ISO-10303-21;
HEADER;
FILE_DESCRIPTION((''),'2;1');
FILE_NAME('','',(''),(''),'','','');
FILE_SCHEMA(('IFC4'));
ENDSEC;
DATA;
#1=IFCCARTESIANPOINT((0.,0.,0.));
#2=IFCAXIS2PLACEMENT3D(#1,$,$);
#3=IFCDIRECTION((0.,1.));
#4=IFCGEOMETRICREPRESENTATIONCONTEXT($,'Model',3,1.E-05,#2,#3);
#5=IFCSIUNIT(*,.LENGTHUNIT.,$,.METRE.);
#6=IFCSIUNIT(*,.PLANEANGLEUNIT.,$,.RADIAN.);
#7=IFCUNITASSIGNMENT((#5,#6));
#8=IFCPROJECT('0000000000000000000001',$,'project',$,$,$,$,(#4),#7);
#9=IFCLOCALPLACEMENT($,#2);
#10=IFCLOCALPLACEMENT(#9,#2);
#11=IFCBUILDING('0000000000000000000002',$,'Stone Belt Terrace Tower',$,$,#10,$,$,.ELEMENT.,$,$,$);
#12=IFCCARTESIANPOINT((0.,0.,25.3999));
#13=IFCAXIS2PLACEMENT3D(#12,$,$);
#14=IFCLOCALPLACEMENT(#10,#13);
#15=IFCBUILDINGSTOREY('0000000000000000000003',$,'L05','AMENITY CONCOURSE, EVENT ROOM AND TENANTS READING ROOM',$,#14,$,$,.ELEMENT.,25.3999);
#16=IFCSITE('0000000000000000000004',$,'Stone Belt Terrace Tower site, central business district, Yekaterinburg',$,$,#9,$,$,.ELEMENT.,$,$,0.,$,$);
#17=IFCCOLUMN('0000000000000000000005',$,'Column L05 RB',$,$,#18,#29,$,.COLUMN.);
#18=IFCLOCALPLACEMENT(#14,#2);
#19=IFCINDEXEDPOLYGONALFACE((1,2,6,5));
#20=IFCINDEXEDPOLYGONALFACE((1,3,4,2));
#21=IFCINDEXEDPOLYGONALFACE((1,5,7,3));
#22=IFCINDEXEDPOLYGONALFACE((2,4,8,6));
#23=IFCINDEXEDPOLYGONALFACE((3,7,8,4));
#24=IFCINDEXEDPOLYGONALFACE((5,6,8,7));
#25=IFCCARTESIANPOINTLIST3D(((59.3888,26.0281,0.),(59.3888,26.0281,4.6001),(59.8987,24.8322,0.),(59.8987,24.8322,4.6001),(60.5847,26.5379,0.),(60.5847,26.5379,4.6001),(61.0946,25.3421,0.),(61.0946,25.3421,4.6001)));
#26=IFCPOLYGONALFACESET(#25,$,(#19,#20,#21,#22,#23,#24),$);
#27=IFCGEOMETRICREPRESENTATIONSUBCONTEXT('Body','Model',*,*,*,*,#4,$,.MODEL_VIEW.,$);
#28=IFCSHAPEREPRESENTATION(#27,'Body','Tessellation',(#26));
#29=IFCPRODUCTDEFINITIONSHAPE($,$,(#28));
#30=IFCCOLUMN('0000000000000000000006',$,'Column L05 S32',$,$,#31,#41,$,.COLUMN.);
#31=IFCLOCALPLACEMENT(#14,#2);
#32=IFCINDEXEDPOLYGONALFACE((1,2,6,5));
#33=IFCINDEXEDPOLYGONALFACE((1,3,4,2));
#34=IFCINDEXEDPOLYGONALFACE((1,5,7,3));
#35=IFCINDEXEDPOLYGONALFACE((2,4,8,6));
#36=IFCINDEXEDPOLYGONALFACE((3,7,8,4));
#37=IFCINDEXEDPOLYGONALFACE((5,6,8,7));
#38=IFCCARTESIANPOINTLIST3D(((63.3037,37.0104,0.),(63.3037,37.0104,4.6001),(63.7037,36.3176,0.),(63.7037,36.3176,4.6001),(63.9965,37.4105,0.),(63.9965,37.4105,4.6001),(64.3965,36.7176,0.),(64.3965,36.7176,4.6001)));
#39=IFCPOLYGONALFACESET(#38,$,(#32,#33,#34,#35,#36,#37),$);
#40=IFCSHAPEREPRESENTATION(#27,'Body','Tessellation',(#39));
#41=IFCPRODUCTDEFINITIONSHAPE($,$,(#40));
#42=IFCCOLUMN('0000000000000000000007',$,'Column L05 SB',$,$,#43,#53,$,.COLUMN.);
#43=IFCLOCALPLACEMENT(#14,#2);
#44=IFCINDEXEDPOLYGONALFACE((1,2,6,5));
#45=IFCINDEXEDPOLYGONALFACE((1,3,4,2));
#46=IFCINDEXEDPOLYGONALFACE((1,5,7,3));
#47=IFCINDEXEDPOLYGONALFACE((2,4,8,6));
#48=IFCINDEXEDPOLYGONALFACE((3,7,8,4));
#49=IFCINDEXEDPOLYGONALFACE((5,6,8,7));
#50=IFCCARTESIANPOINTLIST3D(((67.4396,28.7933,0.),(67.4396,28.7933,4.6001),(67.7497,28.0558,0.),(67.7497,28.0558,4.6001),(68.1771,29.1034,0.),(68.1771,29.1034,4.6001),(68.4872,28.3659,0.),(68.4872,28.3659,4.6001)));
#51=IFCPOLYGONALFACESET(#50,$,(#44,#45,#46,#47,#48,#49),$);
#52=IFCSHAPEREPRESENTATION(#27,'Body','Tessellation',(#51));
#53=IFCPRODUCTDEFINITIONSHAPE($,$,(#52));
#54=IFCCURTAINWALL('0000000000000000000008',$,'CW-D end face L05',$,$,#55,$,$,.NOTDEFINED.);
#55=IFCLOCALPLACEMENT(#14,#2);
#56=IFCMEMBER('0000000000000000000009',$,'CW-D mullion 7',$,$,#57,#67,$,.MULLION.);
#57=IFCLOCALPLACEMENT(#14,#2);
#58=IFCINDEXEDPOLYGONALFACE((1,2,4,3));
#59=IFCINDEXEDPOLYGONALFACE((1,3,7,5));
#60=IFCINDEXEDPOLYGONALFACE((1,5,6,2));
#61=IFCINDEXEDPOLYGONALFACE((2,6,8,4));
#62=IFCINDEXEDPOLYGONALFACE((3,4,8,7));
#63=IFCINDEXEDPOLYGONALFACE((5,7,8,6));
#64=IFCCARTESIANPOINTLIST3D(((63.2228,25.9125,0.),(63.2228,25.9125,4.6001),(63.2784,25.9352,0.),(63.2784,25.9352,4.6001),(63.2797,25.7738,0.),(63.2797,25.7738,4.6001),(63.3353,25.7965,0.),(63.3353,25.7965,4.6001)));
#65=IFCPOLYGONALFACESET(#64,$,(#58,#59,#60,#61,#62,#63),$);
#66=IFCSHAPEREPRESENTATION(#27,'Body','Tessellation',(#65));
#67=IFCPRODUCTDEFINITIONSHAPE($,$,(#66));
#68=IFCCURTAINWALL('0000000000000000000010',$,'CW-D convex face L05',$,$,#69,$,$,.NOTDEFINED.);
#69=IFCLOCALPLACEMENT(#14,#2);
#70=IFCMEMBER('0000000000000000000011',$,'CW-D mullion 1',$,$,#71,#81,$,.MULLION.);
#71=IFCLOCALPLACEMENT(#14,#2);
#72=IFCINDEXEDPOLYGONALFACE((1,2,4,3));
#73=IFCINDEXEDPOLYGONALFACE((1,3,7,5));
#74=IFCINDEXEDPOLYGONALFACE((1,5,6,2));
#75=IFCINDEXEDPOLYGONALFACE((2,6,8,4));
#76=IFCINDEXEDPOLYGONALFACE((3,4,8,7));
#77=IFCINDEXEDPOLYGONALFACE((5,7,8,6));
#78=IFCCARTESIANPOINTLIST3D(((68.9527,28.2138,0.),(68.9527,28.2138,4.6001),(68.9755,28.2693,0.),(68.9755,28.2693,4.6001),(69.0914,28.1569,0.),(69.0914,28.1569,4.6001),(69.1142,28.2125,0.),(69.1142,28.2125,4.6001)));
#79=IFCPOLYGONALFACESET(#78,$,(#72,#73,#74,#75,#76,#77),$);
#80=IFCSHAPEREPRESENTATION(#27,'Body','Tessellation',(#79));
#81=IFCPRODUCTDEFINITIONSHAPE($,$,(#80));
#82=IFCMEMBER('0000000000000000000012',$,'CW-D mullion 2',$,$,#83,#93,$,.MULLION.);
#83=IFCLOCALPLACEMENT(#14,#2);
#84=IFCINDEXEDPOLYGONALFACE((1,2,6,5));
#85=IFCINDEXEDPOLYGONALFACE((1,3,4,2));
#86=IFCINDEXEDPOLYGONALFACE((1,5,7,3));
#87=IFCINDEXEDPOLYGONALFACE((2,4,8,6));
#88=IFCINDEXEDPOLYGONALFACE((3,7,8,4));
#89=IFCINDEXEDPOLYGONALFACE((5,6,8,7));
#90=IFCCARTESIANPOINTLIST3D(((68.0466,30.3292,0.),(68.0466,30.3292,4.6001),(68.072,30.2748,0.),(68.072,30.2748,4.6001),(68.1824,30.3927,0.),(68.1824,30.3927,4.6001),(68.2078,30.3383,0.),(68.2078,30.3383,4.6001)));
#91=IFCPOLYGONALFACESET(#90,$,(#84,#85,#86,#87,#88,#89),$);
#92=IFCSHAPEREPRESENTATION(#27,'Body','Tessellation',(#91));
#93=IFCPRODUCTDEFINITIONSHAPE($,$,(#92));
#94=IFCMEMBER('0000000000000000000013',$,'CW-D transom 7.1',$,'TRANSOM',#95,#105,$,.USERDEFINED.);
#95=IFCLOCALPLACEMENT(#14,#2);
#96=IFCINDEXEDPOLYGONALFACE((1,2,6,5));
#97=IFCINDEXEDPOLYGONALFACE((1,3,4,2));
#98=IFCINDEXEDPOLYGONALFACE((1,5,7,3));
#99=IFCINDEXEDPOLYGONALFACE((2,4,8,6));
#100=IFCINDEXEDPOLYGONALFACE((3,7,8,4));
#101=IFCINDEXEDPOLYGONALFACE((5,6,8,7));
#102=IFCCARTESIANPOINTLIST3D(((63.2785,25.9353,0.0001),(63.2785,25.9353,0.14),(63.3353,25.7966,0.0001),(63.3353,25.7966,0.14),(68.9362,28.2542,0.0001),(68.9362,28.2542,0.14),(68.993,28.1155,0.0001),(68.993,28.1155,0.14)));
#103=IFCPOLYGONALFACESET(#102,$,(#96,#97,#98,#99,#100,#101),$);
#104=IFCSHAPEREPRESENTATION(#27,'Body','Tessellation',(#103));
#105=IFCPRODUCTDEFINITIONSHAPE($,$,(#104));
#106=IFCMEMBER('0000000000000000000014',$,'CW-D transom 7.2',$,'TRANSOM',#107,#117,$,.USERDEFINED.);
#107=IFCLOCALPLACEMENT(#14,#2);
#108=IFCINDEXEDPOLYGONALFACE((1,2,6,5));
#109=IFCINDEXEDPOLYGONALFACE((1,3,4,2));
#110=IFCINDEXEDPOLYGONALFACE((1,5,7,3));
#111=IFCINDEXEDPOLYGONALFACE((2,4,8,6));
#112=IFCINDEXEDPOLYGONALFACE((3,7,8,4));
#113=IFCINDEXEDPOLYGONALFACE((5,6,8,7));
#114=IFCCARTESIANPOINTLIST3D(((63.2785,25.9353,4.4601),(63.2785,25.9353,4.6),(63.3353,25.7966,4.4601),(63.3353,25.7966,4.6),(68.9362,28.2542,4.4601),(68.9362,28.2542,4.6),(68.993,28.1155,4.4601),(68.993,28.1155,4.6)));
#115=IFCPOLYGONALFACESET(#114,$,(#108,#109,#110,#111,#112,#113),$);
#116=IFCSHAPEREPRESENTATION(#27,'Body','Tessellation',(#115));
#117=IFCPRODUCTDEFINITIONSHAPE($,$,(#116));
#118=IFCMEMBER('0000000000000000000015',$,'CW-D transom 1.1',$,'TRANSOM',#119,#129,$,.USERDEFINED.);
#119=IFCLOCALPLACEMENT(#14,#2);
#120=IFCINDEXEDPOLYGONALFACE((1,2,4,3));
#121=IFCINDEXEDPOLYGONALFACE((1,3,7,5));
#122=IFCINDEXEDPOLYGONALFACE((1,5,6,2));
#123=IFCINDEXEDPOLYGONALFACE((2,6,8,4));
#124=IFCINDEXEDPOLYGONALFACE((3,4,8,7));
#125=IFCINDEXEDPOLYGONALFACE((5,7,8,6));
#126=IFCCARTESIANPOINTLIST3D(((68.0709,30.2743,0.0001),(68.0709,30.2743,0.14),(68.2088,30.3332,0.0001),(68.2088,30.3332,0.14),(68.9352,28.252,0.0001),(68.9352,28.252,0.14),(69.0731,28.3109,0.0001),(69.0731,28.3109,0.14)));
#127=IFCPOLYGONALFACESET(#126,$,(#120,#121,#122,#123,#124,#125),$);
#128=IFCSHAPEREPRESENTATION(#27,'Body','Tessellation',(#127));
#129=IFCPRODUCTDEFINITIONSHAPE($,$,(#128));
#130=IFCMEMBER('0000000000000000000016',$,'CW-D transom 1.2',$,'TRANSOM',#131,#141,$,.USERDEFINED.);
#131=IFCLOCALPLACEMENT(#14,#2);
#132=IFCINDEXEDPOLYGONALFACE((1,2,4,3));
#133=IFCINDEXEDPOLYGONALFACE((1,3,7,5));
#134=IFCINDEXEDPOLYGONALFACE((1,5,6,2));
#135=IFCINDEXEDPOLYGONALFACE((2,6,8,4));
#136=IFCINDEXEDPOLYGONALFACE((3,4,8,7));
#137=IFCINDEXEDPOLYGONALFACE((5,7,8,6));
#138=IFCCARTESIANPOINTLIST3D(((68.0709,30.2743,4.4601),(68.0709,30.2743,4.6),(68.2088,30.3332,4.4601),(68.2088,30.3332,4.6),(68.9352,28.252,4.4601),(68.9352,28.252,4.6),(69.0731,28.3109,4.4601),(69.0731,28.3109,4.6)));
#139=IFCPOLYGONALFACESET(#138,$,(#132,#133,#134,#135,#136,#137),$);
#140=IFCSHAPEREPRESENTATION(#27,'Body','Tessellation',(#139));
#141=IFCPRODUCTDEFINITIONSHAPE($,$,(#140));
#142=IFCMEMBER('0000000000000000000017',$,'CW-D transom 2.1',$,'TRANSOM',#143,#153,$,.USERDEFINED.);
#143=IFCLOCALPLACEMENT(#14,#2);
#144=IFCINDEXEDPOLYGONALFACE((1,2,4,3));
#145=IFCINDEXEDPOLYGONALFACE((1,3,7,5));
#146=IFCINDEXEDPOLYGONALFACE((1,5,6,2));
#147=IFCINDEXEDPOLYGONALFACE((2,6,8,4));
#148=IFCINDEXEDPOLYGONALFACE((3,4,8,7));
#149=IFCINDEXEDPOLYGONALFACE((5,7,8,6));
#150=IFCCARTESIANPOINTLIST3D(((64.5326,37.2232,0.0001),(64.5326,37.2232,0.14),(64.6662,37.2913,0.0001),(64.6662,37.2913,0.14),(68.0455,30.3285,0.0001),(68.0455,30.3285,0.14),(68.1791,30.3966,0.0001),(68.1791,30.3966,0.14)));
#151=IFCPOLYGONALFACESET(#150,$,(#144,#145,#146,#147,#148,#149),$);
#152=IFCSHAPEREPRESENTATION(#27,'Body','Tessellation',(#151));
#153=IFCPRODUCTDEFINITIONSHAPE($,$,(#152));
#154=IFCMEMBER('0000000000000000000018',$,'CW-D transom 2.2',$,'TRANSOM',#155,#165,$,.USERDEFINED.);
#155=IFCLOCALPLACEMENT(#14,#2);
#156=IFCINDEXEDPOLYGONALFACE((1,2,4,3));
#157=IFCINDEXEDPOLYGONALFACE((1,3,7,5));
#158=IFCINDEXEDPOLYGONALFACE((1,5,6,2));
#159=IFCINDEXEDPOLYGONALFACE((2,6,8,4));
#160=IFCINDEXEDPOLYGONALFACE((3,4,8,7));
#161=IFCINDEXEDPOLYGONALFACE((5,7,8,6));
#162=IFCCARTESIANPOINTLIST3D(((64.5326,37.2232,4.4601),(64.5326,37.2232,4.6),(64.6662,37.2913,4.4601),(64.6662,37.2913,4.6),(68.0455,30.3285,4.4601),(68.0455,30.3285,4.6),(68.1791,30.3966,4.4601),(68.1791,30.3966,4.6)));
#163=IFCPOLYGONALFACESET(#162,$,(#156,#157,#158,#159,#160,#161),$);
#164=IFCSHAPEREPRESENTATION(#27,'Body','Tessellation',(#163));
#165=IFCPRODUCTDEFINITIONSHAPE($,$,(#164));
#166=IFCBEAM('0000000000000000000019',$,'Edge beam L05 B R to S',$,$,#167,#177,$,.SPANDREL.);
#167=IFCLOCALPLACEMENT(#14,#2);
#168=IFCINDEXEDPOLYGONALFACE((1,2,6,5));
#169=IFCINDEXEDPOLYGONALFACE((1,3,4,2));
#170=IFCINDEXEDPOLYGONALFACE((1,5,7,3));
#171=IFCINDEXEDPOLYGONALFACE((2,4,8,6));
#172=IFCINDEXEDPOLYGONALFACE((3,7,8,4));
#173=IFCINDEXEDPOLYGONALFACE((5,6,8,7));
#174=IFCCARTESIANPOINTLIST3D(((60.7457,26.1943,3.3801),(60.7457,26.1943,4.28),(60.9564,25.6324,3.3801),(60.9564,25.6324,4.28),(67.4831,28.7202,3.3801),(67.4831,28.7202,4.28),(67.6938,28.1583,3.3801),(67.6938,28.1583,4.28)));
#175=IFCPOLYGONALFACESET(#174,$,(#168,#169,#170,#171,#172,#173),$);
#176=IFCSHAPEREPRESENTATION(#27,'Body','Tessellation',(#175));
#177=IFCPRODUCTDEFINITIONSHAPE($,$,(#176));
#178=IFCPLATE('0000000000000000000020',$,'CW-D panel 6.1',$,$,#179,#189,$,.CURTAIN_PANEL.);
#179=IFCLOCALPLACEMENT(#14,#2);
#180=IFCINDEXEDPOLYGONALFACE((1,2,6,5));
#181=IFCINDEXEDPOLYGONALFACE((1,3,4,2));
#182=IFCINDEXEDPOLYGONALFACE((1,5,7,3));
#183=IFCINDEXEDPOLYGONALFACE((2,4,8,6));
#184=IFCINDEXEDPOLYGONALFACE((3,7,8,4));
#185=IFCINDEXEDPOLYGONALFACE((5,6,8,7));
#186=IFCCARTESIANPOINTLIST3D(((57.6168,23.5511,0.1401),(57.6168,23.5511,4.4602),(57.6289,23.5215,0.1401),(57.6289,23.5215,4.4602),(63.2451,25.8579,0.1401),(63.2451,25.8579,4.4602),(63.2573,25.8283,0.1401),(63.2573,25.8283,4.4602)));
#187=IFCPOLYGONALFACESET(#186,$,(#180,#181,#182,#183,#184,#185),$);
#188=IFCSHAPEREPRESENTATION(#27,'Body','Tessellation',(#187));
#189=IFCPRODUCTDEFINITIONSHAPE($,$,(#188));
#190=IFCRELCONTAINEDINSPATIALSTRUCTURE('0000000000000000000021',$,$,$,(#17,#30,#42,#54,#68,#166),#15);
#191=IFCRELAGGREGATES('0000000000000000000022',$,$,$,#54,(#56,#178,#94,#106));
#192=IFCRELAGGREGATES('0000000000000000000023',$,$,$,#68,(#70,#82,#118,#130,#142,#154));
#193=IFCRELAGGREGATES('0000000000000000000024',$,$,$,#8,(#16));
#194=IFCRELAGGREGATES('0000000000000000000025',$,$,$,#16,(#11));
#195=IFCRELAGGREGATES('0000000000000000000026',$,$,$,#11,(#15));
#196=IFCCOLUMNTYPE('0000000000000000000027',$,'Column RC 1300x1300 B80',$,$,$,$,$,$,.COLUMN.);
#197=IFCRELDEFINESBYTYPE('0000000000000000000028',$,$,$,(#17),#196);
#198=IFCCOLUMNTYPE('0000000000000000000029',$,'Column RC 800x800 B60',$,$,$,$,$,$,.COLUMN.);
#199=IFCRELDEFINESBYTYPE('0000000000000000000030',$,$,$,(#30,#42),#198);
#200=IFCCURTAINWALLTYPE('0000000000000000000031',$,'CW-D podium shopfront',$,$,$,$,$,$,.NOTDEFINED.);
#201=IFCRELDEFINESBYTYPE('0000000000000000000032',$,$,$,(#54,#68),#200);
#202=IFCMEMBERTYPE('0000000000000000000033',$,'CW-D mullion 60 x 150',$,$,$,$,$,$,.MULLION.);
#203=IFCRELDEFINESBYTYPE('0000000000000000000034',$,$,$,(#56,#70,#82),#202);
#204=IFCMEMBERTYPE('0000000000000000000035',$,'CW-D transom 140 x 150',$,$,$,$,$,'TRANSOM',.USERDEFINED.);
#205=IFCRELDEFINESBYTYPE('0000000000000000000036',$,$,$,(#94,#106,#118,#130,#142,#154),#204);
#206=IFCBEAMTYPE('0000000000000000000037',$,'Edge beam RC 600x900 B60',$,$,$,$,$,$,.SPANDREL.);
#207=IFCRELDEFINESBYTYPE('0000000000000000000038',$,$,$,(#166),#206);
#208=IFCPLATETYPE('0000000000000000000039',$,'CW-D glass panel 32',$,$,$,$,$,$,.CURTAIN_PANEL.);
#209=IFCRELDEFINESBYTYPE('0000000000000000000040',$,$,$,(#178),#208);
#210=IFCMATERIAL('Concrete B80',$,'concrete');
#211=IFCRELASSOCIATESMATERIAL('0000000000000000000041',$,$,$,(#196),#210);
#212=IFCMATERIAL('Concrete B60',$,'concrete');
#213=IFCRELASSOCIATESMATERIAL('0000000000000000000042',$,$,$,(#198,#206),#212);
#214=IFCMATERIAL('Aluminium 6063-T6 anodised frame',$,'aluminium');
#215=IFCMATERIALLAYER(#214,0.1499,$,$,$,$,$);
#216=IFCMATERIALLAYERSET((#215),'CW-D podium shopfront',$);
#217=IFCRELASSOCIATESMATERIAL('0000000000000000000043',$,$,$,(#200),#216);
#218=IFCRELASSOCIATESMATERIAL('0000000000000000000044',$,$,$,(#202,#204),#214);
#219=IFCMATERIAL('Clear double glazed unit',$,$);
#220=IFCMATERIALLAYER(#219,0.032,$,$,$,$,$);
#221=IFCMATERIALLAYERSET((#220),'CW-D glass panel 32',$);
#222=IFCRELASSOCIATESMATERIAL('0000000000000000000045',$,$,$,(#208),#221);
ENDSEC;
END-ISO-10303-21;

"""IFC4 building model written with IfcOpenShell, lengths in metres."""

from ifc_helpers import new_model, si_unit, direction, frame, origin, origin_2d, place, context, subcontext, project, spatial, rectangle, extrude, material, layer, layer_set, material_profile, profile_set, type_object, element, aggregate, save


model = new_model("IFC4")

# Units and contexts
model_context = context("Model", 3, precision=1e-05, world=origin(), true_north=direction((0.0, 1.0)))
body_context = subcontext(model_context, "Body", "Model", "MODEL_VIEW")
ifc_project = project(units=[si_unit("LENGTHUNIT", "METRE"), si_unit("PLANEANGLEUNIT", "RADIAN")], contexts=[model_context])

# Site, building, storey
site_placement = place(None, origin())
site = spatial("IfcSite", under=ifc_project, at=site_placement, Name="Stone Belt Terrace Tower site, central business district, Yekaterinburg", CompositionType="ELEMENT", RefElevation=0.0)
building_placement = place(site_placement, origin())
building = spatial("IfcBuilding", under=site, at=building_placement, Name="Stone Belt Terrace Tower", CompositionType="ELEMENT")
storey_placement = place(building_placement, frame((0.0, 0.0, 25.3999)))
storey = spatial("IfcBuildingStorey", under=building, at=storey_placement, Name="L05", Description="AMENITY CONCOURSE, EVENT ROOM AND TENANTS READING ROOM", CompositionType="ELEMENT", Elevation=25.3999)

# Columns
ifc_material_1 = material(Name="Concrete B80", Category="concrete")
ifc_material_profile_1 = material_profile(ifc_material_1, rectangle(XDim=1.3, YDim=1.3, at=origin_2d()), Name="RC 1300x1300")
ifc_profile_set_1 = profile_set([ifc_material_profile_1], Name="Concrete B80")
column_type_1 = type_object("IfcColumnType", Name="Column RC 1300x1300 B80", PredefinedType="COLUMN", material=ifc_profile_set_1)
column_placement = place(storey_placement, frame((60.2417, 25.6851, 0.0), z_axis=(0.0, 0.0, 1.0), x_axis=(0.392204, -0.919878, 0.0)))
element("IfcColumn", 1, at=column_placement, inside=storey, type_object=column_type_1, Name="Column L05 RB", PredefinedType="COLUMN", context=body_context, shape_type="SweptSolid", body=[
    extrude(rectangle(XDim=1.3, YDim=1.3, at=origin_2d()), origin(), (0.0, 0.0, 1.0), 4.6001),
])
ifc_material_2 = material(Name="Concrete B60", Category="concrete")
ifc_material_profile_2 = material_profile(ifc_material_2, rectangle(XDim=0.8, YDim=0.8, at=origin_2d()), Name="RC 800x800")
ifc_profile_set_2 = profile_set([ifc_material_profile_2], Name="Concrete B60")
column_type_2 = type_object("IfcColumnType", Name="Column RC 800x800 B60", PredefinedType="COLUMN", material=ifc_profile_set_2)
for number, where, z_axis, x_axis, name in (
    (2, (63.8501, 36.864, 0.0), (0.0, 0.0, 1.0), (0.5, -0.866025, 0.0), "Column L05 S32"),
    (3, (67.9634, 28.5796, 0.0), (0.0, 0.0, 1.0), (0.387636, -0.921812, 0.0), "Column L05 SB"),
):
    element("IfcColumn", number, at=place(storey_placement, frame(where, z_axis=z_axis, x_axis=x_axis)), inside=storey, type_object=column_type_2, Name=name, PredefinedType="COLUMN", context=body_context, shape_type="SweptSolid", body=[
        extrude(rectangle(XDim=0.8, YDim=0.8, at=origin_2d()), origin(), (0.0, 0.0, 1.0), 4.6001),
    ])

# Curtain wall, member
ifc_material_3 = material(Name="Aluminium 6063-T6 anodised frame", Category="aluminium")
ifc_layer_1 = layer(ifc_material_3, 0.1499)
ifc_layer_set_1 = layer_set([ifc_layer_1], Name="CW-D podium shopfront")
curtain_wall_type = type_object("IfcCurtainWallType", Name="CW-D podium shopfront", PredefinedType="NOTDEFINED", material=ifc_layer_set_1)
curtain_wall_1_placement = place(storey_placement, origin())
curtain_wall_1 = element("IfcCurtainWall", 4, at=curtain_wall_1_placement, inside=storey, type_object=curtain_wall_type, Name="CW-D end face L05", PredefinedType="NOTDEFINED")
ifc_material_profile_3 = material_profile(ifc_material_3, rectangle(XDim=0.1499, YDim=0.0601, at=origin_2d()), Name="Aluminium 6063-T6 60x150")
ifc_profile_set_3 = profile_set([ifc_material_profile_3], Name="Aluminium 6063-T6 anodised frame")
member_type_1 = type_object("IfcMemberType", Name="CW-D mullion 60 x 150", PredefinedType="MULLION", material=ifc_profile_set_3)
member_1_placement = place(storey_placement, frame((63.2791, 25.8545, 0.0), z_axis=(0.0, 0.0, 1.0), x_axis=(-0.379243, 0.925297, 0.0)))
member_1 = element("IfcMember", 5, at=member_1_placement, type_object=member_type_1, Name="CW-D mullion 7", PredefinedType="MULLION", context=body_context, shape_type="SweptSolid", body=[
    extrude(rectangle(XDim=0.1499, YDim=0.0601, at=origin_2d()), origin(), (0.0, 0.0, 1.0), 4.6001),
])

# Curtain wall, members
curtain_wall_2_placement = place(storey_placement, origin())
curtain_wall_2 = element("IfcCurtainWall", 6, at=curtain_wall_2_placement, inside=storey, type_object=curtain_wall_type, Name="CW-D convex face L05", PredefinedType="NOTDEFINED")
member_2_placement = place(storey_placement, frame((69.0334, 28.2131, 0.0), z_axis=(0.0, 0.0, 1.0), x_axis=(-0.92531, 0.379212, 0.0)))
member_2 = element("IfcMember", 7, at=member_2_placement, type_object=member_type_1, Name="CW-D mullion 1", PredefinedType="MULLION", context=body_context, shape_type="SweptSolid", body=[
    extrude(rectangle(XDim=0.1499, YDim=0.0601, at=origin_2d()), origin(), (0.0, 0.0, 1.0), 4.6001),
])
member_3_placement = place(storey_placement, frame((68.1272, 30.3337, 0.0), z_axis=(0.0, 0.0, 1.0), x_axis=(-0.905778, -0.423752, 0.0)))
member_3 = element("IfcMember", 8, at=member_3_placement, type_object=member_type_1, Name="CW-D mullion 2", PredefinedType="MULLION", context=body_context, shape_type="SweptSolid", body=[
    extrude(rectangle(XDim=0.1499, YDim=0.0601, at=origin_2d()), origin(), (0.0, 0.0, 1.0), 4.6001),
])

# Members
ifc_material_profile_4 = material_profile(ifc_material_3, rectangle(XDim=0.1499, YDim=0.1399, at=origin_2d()), Name="Aluminium 6063-T6 150x140")
ifc_profile_set_4 = profile_set([ifc_material_profile_4], Name="Aluminium 6063-T6 anodised frame")
member_type_2 = type_object("IfcMemberType", Name="CW-D transom 140 x 150", ElementType="TRANSOM", PredefinedType="USERDEFINED", material=ifc_profile_set_4)
member_4_placement = place(storey_placement, frame((63.3069, 25.866, 0.0701), z_axis=(0.925299, 0.379239, 0.0), x_axis=(-0.379239, 0.925299, 0.0)))
member_4 = element("IfcMember", 9, at=member_4_placement, type_object=member_type_2, Name="CW-D transom 7.1", ObjectType="TRANSOM", PredefinedType="USERDEFINED", context=body_context, shape_type="SweptSolid", body=[
    extrude(rectangle(XDim=0.1499, YDim=0.1399, at=origin_2d()), origin(), (0.0, 0.0, 1.0), 6.1145),
])
member_5_placement = place(storey_placement, frame((63.3069, 25.866, 4.53), z_axis=(0.925299, 0.379239, 0.0), x_axis=(-0.379239, 0.925299, 0.0)))
member_5 = element("IfcMember", 10, at=member_5_placement, type_object=member_type_2, Name="CW-D transom 7.2", ObjectType="TRANSOM", PredefinedType="USERDEFINED", context=body_context, shape_type="SweptSolid", body=[
    extrude(rectangle(XDim=0.1499, YDim=0.1399, at=origin_2d()), origin(), (0.0, 0.0, 1.0), 6.1145),
])
member_6_placement = place(storey_placement, frame((69.0042, 28.2815, 0.0701), z_axis=(-0.392995, 0.919541, 0.0), x_axis=(-0.919541, -0.392995, 0.0)))
member_6 = element("IfcMember", 11, at=member_6_placement, type_object=member_type_2, Name="CW-D transom 1.1", ObjectType="TRANSOM", PredefinedType="USERDEFINED", context=body_context, shape_type="SweptSolid", body=[
    extrude(rectangle(XDim=0.1499, YDim=0.1399, at=origin_2d()), origin(), (0.0, 0.0, 1.0), 2.1992),
])
member_7_placement = place(storey_placement, frame((69.0042, 28.2815, 4.53), z_axis=(-0.392995, 0.919541, 0.0), x_axis=(-0.919541, -0.392995, 0.0)))
member_7 = element("IfcMember", 12, at=member_7_placement, type_object=member_type_2, Name="CW-D transom 1.2", ObjectType="TRANSOM", PredefinedType="USERDEFINED", context=body_context, shape_type="SweptSolid", body=[
    extrude(rectangle(XDim=0.1499, YDim=0.1399, at=origin_2d()), origin(), (0.0, 0.0, 1.0), 2.1992),
])
member_8_placement = place(storey_placement, frame((68.1123, 30.3625, 0.0701), z_axis=(-0.453978, 0.891013, 0.0), x_axis=(-0.891013, -0.453978, 0.0)))
member_8 = element("IfcMember", 13, at=member_8_placement, type_object=member_type_2, Name="CW-D transom 2.1", ObjectType="TRANSOM", PredefinedType="USERDEFINED", context=body_context, shape_type="SweptSolid", body=[
    extrude(rectangle(XDim=0.1499, YDim=0.1399, at=origin_2d()), origin(), (0.0, 0.0, 1.0), 7.738),
])
member_9_placement = place(storey_placement, frame((68.1123, 30.3625, 4.53), z_axis=(-0.453978, 0.891013, 0.0), x_axis=(-0.891013, -0.453978, 0.0)))
member_9 = element("IfcMember", 14, at=member_9_placement, type_object=member_type_2, Name="CW-D transom 2.2", ObjectType="TRANSOM", PredefinedType="USERDEFINED", context=body_context, shape_type="SweptSolid", body=[
    extrude(rectangle(XDim=0.1499, YDim=0.1399, at=origin_2d()), origin(), (0.0, 0.0, 1.0), 7.738),
])

# Beam
ifc_material_profile_5 = material_profile(ifc_material_2, rectangle(XDim=0.6001, YDim=0.8999, at=origin_2d()), Name="RC 600x900")
ifc_profile_set_5 = profile_set([ifc_material_profile_5], Name="Concrete B60")
beam_type = type_object("IfcBeamType", Name="Edge beam RC 600x900 B60", PredefinedType="SPANDREL", material=ifc_profile_set_5)
beam_placement = place(storey_placement, frame((60.8511, 25.9133, 3.8301), z_axis=(0.936357, 0.351049, 0.0), x_axis=(-0.351049, 0.936357, 0.0)))
element("IfcBeam", 15, at=beam_placement, inside=storey, type_object=beam_type, Name="Edge beam L05 B R to S", PredefinedType="SPANDREL", context=body_context, shape_type="SweptSolid", body=[
    extrude(rectangle(XDim=0.6001, YDim=0.8999, at=origin_2d()), origin(), (0.0, 0.0, 1.0), 7.1953),
])

# Plate
ifc_material_4 = material(Name="Clear double glazed unit")
ifc_layer_2 = layer(ifc_material_4, 0.032)
ifc_layer_set_2 = layer_set([ifc_layer_2], Name="CW-D glass panel 32")
plate_type = type_object("IfcPlateType", Name="CW-D glass panel 32", PredefinedType="CURTAIN_PANEL", material=ifc_layer_set_2)
plate_1_placement = place(storey_placement, frame((60.437, 24.6897, 0.1401), z_axis=(0.0, 0.0, 1.0), x_axis=(0.925297, 0.379243, 0.0)))
plate_1 = element("IfcPlate", 16, at=plate_1_placement, type_object=plate_type, Name="CW-D panel 6.1", PredefinedType="CURTAIN_PANEL", context=body_context, shape_type="SweptSolid", body=[
    extrude(rectangle(XDim=6.0828, YDim=0.032, at=origin_2d()), origin(), (0.0, 0.0, 1.0), 4.3201),
])
aggregate(curtain_wall_1, [member_1, plate_1, member_4, member_5])
aggregate(curtain_wall_2, [member_2, member_3, member_6, member_7, member_8, member_9])

save(model, "model.ifc")
